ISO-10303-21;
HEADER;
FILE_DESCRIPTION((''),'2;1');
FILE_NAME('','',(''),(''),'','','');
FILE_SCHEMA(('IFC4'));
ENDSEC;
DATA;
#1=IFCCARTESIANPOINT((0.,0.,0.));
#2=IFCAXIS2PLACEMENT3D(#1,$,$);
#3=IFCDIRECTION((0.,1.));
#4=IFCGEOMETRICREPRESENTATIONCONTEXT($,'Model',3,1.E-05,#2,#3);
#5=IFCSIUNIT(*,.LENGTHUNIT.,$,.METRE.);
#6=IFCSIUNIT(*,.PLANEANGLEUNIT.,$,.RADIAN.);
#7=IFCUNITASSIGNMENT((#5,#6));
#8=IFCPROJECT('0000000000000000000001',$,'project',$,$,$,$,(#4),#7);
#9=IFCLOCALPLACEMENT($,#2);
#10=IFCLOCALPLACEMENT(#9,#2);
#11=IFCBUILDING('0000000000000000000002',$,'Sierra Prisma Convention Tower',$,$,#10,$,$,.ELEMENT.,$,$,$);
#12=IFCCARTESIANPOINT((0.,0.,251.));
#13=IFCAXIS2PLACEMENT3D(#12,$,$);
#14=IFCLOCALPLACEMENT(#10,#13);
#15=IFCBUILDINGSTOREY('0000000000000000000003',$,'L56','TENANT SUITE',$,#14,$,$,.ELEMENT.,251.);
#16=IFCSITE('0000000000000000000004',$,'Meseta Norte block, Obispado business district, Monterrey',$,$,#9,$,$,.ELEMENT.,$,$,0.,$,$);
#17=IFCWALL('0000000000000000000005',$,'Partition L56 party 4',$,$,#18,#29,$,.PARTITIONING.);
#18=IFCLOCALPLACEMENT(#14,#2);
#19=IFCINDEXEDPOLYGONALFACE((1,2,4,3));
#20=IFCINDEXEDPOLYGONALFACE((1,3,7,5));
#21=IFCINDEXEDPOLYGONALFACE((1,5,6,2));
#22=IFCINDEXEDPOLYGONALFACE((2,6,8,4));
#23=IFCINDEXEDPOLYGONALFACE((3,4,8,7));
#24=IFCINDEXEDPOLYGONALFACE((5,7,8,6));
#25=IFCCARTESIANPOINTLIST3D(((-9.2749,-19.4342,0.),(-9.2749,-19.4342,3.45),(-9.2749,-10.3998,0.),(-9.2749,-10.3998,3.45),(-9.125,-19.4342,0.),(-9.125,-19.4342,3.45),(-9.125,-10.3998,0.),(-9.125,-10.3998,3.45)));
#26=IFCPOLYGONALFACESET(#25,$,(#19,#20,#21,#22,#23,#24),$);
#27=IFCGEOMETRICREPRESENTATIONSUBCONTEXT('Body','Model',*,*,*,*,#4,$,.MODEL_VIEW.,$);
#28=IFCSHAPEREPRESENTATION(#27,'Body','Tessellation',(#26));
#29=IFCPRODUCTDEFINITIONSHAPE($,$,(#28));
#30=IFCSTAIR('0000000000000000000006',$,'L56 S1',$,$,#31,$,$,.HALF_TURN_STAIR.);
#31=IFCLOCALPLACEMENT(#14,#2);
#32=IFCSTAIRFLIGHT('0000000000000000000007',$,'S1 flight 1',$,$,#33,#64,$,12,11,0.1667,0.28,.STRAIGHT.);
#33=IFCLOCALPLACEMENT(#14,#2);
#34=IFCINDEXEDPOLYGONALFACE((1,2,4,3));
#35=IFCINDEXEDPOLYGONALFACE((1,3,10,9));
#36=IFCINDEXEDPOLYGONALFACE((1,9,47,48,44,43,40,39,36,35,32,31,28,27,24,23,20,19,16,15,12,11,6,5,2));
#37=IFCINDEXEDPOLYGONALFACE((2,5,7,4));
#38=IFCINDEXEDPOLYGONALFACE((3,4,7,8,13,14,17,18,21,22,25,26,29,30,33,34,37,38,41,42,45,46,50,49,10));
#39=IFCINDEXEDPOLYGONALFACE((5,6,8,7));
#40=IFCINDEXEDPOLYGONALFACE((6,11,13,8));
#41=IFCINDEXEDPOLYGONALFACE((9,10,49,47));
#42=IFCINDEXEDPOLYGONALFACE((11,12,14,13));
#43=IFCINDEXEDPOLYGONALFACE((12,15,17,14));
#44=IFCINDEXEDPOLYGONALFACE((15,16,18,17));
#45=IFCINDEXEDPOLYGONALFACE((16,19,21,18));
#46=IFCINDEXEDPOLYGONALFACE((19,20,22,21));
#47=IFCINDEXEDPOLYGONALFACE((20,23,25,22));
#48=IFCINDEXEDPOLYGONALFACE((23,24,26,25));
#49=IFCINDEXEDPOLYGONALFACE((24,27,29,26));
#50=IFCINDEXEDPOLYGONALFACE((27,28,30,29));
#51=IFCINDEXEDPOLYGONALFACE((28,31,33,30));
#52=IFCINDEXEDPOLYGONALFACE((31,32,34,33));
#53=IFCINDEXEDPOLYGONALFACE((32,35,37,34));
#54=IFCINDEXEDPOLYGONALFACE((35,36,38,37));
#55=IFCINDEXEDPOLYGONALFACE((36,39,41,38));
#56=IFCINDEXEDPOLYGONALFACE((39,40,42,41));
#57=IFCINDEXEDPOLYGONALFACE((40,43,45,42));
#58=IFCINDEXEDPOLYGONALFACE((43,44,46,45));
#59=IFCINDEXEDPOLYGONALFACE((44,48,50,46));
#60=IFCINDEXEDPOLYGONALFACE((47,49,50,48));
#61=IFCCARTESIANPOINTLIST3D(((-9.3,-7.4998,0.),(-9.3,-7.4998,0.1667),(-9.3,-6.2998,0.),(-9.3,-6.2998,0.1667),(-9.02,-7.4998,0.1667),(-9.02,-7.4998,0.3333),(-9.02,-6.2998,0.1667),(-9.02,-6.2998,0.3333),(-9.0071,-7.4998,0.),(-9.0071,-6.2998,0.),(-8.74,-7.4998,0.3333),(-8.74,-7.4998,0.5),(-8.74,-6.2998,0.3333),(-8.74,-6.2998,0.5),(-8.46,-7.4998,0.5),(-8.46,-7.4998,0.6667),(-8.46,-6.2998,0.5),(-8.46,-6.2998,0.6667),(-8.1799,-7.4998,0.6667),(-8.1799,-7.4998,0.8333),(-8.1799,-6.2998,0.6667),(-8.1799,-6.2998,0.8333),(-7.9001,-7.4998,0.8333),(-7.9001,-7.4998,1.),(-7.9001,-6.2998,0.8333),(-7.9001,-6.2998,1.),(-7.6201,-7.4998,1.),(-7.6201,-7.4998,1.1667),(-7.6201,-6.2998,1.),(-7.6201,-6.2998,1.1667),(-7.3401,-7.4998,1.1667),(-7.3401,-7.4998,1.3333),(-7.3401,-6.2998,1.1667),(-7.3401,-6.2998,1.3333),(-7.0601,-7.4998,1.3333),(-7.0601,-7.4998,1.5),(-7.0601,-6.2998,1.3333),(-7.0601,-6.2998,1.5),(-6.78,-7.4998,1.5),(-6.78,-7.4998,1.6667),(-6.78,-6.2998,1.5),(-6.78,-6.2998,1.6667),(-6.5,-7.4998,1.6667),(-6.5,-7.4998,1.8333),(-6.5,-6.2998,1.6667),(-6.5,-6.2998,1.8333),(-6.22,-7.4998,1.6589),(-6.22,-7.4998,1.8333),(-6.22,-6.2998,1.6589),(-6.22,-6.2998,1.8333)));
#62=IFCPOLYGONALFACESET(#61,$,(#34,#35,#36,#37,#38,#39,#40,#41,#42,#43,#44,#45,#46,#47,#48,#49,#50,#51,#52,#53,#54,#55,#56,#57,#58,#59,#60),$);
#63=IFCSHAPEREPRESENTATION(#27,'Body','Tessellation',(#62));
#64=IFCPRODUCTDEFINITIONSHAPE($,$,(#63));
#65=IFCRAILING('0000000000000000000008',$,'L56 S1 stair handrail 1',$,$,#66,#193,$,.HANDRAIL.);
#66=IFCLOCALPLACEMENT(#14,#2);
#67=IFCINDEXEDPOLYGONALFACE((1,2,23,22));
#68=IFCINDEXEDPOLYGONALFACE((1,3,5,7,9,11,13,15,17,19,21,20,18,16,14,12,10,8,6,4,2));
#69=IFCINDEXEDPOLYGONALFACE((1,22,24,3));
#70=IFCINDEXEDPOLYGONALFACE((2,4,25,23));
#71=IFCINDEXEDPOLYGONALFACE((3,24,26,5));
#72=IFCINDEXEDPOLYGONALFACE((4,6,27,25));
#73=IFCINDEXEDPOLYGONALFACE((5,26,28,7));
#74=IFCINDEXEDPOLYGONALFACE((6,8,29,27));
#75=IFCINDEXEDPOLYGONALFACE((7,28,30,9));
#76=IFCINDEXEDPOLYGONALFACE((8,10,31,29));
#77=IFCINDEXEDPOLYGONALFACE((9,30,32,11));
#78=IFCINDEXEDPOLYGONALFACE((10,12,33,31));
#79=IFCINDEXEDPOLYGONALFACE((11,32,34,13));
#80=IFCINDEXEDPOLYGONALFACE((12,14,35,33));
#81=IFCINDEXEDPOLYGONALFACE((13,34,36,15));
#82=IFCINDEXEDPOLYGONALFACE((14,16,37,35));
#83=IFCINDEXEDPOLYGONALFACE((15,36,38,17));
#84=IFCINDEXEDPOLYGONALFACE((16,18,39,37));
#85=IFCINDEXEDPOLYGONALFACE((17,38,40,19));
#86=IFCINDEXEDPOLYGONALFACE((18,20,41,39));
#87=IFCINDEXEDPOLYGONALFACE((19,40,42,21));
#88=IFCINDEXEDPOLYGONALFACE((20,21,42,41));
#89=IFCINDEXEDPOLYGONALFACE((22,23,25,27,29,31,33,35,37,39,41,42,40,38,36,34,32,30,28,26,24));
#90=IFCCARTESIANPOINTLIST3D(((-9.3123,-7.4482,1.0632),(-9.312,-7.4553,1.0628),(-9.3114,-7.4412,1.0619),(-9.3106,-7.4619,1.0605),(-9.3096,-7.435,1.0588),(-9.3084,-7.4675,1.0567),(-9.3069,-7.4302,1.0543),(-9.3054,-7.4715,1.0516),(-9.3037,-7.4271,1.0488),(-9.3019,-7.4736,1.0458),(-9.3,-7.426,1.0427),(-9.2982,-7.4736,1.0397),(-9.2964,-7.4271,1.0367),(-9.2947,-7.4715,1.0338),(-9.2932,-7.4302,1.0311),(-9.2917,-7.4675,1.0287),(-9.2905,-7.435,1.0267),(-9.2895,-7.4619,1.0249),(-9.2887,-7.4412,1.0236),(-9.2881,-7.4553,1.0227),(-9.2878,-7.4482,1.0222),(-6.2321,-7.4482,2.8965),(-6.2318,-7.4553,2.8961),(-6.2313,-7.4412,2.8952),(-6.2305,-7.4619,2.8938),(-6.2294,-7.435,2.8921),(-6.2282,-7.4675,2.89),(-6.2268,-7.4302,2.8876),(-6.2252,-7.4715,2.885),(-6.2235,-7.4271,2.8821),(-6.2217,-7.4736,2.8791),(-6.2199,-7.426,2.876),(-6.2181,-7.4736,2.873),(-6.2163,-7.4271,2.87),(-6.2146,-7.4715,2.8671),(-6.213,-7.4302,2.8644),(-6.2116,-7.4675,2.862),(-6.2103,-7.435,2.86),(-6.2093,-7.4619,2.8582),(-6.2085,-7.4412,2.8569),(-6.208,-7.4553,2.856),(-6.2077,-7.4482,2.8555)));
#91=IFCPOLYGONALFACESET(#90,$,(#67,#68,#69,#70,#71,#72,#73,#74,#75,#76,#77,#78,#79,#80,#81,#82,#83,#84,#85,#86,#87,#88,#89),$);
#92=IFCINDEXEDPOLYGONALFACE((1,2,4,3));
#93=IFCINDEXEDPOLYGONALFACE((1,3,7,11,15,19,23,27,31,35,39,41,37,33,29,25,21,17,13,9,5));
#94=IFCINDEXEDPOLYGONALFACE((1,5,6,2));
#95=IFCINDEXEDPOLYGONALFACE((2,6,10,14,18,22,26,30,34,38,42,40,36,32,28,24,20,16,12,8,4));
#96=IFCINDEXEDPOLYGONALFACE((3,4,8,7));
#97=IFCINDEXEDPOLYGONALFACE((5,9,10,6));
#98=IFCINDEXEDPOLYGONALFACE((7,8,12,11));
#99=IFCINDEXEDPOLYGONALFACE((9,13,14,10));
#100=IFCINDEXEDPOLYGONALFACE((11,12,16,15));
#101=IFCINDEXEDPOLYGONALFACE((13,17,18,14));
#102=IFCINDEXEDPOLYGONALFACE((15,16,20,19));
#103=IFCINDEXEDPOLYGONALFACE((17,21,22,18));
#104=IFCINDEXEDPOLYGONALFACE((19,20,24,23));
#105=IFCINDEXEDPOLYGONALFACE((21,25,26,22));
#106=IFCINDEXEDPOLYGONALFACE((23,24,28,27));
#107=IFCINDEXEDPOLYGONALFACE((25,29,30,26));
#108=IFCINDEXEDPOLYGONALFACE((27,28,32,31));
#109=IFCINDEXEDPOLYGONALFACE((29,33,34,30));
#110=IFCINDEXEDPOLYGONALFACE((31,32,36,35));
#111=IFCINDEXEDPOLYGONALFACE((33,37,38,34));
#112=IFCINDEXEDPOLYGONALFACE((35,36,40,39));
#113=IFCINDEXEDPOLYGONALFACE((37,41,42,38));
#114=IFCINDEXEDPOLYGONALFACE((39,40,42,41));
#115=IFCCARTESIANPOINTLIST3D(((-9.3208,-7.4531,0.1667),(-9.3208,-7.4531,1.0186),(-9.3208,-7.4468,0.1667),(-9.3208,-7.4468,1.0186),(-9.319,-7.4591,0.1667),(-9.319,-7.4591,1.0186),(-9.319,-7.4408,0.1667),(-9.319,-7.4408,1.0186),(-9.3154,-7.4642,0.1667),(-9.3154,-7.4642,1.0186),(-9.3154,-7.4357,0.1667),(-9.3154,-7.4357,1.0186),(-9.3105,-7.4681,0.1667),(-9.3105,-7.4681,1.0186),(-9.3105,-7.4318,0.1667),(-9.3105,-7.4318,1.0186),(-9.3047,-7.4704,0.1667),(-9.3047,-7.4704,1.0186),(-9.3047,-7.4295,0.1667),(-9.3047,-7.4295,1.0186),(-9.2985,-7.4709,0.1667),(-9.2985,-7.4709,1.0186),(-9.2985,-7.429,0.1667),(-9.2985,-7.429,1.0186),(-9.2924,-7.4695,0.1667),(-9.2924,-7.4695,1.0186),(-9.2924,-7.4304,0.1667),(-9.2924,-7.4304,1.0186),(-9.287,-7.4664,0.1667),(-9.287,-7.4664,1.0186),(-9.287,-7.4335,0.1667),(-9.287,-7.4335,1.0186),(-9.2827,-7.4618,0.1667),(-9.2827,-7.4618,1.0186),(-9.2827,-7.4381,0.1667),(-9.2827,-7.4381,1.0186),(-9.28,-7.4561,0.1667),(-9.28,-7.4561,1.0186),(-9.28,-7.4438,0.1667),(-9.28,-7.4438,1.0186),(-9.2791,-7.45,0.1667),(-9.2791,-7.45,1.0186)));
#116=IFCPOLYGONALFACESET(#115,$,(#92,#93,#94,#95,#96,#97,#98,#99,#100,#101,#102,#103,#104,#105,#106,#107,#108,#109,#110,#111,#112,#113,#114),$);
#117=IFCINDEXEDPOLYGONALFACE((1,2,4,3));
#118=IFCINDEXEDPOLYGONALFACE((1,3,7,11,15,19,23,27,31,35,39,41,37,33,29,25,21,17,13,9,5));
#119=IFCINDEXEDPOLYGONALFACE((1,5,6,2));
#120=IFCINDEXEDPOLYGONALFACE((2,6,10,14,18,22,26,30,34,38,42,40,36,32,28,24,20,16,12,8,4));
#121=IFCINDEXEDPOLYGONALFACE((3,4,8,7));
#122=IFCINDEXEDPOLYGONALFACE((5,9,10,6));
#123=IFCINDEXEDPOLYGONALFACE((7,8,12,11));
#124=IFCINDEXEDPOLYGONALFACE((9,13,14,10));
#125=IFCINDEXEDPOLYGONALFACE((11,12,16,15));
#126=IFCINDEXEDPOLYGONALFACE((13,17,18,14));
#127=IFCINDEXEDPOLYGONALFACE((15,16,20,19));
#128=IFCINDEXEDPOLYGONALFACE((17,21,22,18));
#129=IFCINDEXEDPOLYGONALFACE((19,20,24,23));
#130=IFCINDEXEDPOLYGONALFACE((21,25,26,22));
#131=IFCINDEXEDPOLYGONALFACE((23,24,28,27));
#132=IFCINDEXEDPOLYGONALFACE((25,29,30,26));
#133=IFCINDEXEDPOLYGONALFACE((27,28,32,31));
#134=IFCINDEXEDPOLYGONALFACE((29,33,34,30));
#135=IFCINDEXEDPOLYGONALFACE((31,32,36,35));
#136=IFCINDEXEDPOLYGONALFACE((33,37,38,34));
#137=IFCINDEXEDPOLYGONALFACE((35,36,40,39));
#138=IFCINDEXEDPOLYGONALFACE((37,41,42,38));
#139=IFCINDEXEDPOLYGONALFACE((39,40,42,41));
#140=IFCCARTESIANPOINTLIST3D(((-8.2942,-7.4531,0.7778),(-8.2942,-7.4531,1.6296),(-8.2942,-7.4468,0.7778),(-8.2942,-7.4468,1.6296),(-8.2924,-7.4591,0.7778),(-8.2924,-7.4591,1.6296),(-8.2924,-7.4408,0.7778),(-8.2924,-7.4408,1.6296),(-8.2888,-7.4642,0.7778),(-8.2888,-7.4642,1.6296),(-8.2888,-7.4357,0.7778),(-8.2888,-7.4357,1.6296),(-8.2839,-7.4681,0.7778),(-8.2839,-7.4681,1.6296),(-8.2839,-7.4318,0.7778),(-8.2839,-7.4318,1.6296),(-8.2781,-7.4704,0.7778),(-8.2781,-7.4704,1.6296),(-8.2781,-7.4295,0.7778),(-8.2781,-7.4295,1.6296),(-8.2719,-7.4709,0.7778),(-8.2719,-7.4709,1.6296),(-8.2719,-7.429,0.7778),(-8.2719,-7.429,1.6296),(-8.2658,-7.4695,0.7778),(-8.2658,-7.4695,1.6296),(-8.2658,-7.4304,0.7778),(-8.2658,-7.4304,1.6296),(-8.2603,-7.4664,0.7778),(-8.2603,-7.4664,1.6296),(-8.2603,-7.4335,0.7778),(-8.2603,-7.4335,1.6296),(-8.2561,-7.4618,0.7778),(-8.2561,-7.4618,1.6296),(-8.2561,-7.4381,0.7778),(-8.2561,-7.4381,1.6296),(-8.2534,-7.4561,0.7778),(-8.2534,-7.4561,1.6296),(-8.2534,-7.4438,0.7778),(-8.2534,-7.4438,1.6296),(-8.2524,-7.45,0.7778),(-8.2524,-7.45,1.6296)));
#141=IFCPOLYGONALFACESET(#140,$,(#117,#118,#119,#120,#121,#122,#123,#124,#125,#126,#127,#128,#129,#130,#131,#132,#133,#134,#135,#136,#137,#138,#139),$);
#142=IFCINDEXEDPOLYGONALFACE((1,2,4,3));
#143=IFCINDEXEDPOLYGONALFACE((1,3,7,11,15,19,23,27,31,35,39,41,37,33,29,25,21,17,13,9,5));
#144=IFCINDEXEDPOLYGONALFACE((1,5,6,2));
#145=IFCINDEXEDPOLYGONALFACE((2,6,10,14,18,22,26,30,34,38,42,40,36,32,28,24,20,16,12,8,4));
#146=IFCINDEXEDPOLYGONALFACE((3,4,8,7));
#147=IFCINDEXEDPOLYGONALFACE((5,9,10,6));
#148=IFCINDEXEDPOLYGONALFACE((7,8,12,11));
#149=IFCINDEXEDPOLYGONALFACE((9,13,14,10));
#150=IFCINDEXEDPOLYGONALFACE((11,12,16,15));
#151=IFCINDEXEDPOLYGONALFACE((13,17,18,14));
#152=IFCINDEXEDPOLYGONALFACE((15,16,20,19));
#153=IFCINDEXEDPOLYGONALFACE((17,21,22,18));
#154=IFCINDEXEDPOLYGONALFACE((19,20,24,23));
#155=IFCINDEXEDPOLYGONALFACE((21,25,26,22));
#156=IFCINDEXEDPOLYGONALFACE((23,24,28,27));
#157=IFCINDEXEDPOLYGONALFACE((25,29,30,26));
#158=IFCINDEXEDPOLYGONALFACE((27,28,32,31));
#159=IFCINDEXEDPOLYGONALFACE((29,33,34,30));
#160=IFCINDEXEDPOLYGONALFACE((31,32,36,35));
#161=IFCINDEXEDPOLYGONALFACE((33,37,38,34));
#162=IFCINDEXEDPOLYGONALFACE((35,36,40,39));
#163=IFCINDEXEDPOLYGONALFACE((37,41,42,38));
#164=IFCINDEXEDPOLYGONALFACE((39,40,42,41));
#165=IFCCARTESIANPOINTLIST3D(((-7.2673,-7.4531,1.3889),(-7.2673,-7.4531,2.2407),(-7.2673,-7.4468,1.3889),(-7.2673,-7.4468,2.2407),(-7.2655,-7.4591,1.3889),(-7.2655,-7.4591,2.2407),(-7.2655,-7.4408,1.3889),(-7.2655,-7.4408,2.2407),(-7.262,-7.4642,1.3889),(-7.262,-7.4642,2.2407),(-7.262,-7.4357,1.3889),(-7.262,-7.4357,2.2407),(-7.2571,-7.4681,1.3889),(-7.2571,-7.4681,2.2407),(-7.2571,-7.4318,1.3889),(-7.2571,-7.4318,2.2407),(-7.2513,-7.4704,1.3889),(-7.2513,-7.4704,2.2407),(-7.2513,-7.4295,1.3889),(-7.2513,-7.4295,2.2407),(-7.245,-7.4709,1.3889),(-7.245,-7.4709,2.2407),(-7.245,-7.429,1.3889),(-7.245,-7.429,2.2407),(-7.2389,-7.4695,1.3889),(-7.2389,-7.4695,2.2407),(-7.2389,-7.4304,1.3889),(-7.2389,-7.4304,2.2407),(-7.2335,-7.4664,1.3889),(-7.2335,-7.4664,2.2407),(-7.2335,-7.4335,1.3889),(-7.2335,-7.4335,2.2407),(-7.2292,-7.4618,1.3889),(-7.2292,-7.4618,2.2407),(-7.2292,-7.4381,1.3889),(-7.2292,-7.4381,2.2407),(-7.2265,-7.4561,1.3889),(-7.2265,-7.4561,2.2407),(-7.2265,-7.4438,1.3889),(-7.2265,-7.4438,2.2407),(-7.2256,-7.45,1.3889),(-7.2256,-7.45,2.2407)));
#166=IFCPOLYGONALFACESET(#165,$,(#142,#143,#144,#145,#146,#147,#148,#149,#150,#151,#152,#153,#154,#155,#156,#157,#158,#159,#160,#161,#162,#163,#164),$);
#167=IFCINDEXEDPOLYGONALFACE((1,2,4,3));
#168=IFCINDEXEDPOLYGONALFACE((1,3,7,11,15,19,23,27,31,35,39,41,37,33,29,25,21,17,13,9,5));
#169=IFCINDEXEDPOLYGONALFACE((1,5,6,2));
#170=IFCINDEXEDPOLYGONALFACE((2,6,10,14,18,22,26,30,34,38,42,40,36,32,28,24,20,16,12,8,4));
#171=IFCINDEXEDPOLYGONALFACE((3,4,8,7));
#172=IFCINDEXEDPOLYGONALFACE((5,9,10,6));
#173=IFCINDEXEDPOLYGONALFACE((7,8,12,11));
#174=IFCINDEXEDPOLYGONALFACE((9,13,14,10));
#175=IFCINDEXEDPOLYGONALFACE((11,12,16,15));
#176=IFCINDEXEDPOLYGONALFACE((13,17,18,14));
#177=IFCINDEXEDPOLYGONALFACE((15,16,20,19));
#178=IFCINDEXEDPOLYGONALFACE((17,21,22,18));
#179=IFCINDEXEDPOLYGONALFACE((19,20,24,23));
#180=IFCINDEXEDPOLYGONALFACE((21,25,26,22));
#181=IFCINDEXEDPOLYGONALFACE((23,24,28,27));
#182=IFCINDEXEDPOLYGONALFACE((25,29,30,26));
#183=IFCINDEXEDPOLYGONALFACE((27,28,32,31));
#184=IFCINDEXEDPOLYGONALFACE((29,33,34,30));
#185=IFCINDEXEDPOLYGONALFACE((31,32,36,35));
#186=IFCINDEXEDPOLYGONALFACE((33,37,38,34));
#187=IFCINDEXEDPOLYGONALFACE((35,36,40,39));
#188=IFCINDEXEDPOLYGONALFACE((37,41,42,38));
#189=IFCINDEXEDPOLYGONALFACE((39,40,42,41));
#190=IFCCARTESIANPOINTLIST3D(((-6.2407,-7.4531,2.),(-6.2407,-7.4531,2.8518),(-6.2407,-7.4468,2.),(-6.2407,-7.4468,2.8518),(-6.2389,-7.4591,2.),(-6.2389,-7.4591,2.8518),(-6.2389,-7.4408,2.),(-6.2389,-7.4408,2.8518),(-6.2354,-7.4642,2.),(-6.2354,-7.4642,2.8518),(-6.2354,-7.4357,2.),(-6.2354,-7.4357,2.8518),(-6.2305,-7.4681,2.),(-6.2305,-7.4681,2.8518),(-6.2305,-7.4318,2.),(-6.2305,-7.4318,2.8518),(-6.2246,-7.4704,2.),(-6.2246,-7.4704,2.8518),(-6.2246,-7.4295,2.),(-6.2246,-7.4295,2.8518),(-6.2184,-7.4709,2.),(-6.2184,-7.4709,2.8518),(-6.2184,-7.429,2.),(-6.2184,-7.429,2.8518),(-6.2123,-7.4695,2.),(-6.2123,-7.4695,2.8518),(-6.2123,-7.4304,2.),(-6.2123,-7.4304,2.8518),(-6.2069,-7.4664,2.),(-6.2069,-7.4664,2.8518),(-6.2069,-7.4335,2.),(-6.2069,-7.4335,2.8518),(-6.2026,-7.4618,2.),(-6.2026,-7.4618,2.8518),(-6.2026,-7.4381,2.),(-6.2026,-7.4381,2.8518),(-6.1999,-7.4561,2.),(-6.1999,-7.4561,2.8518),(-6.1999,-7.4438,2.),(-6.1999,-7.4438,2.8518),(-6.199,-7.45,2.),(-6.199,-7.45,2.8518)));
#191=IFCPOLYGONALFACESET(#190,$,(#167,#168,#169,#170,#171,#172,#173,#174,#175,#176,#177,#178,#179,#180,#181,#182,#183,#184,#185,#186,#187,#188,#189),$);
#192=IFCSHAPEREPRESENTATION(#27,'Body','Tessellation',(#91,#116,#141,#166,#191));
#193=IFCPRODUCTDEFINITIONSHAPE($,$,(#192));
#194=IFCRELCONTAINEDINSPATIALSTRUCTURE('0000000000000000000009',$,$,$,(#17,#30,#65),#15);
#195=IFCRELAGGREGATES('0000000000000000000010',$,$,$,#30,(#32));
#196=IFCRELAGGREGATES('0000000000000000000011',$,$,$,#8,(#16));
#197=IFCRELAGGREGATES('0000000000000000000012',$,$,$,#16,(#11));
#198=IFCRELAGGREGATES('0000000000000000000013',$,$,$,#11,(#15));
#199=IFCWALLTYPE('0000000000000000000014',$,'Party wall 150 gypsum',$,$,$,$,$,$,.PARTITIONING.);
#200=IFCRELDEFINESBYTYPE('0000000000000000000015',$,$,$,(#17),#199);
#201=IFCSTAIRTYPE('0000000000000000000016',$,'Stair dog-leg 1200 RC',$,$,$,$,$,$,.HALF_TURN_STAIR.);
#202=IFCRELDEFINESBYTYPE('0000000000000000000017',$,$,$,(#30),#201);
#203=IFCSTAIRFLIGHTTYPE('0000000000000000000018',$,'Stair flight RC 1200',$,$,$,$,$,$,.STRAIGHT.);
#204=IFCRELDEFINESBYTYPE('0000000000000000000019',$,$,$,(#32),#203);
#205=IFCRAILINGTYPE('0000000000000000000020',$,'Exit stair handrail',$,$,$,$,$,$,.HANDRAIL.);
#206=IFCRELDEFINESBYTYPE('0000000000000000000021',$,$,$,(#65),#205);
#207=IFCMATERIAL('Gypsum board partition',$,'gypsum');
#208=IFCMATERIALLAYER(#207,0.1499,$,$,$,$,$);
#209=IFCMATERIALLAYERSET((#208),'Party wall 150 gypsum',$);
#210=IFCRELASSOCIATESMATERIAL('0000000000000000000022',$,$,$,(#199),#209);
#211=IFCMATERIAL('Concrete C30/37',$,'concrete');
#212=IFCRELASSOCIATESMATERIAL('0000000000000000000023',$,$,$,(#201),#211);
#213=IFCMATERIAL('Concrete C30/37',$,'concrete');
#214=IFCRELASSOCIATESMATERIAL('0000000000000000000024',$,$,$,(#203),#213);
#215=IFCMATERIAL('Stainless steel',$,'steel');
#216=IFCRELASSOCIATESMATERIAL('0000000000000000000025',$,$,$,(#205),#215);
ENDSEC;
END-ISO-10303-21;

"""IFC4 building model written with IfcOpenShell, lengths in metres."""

from ifc_helpers import new_model, si_unit, direction, frame, frame_2d, origin, origin_2d, place, context, subcontext, project, spatial, polyline, rectangle, circle, outline, extrude, material, layer, layer_set, type_object, element, aggregate, save


model = new_model("IFC4")

# Units and contexts
model_context = context("Model", 3, precision=1e-05, world=origin(), true_north=direction((0.0, 1.0)))
body_context = subcontext(model_context, "Body", "Model", "MODEL_VIEW")
ifc_project = project(units=[si_unit("LENGTHUNIT", "METRE"), si_unit("PLANEANGLEUNIT", "RADIAN")], contexts=[model_context])

# Site, building, storey
site_placement = place(None, origin())
site = spatial("IfcSite", under=ifc_project, at=site_placement, Name="Meseta Norte block, Obispado business district, Monterrey", CompositionType="ELEMENT", RefElevation=0.0)
building_placement = place(site_placement, origin())
building = spatial("IfcBuilding", under=site, at=building_placement, Name="Sierra Prisma Convention Tower", CompositionType="ELEMENT")
storey_placement = place(building_placement, frame((0.0, 0.0, 251.0)))
storey = spatial("IfcBuildingStorey", under=building, at=storey_placement, Name="L56", Description="TENANT SUITE", CompositionType="ELEMENT", Elevation=251.0)

# Wall
ifc_material_1 = material(Name="Gypsum board partition", Category="gypsum")
ifc_layer_1 = layer(ifc_material_1, 0.1499)
ifc_layer_set_1 = layer_set([ifc_layer_1], Name="Party wall 150 gypsum")
wall_type_1 = type_object("IfcWallType", Name="Party wall 150 gypsum", PredefinedType="PARTITIONING", material=ifc_layer_set_1)
wall_1_placement = place(storey_placement, frame((-9.2, -10.3999, 0.0), z_axis=(0.0, 0.0, 1.0), x_axis=(0.0, -1.0, 0.0)))
element("IfcWall", 1, at=wall_1_placement, inside=storey, type_object=wall_type_1, Name="Partition L56 party 4", PredefinedType="PARTITIONING", context=body_context, shape_type="SweptSolid", body=[
    extrude(rectangle(XDim=9.0344, YDim=0.1499, at=frame_2d((4.5171, 0.0))), origin(), (0.0, 0.0, 1.0), 3.45),
])

# Stair, stair flight
ifc_material_2 = material(Name="Concrete C30/37", Category="concrete")
stair_type = type_object("IfcStairType", Name="Stair dog-leg 1200 RC", PredefinedType="HALF_TURN_STAIR", material=ifc_material_2)
stair_placement = place(storey_placement, origin())
stair = element("IfcStair", 2, at=stair_placement, inside=storey, type_object=stair_type, Name="L56 S1", PredefinedType="HALF_TURN_STAIR")
ifc_material_3 = material(Name="Concrete C30/37", Category="concrete")
stair_flight_type = type_object("IfcStairFlightType", Name="Stair flight RC 1200", PredefinedType="STRAIGHT", material=ifc_material_3)
stair_flight_placement = place(storey_placement, frame((-9.3, -6.8999, 0.0), z_axis=(0.0, 0.0, 1.0), x_axis=(1.0, 0.0, 0.0)))
stair_flight = element("IfcStairFlight", 3, at=stair_flight_placement, type_object=stair_flight_type, Name="S1 flight 1", NumberOfRisers=12, NumberOfTreads=11, PredefinedType="STRAIGHT", RiserHeight=0.1667, TreadLength=0.28, context=body_context, shape_type="SweptSolid", body=[
    extrude(outline(polyline([(0.0, 0.0), (0.0, 0.1667), (0.28, 0.1667), (0.28, 0.3333), (0.5601, 0.3333), (0.5601, 0.5), (0.8401, 0.5), (0.8401, 0.6667), (1.1201, 0.6667), (1.1201, 0.8333), (1.3999, 0.8333), (1.3999, 1.0), (1.6799, 1.0), (1.6799, 1.1667), (1.96, 1.1667), (1.96, 1.3333), (2.24, 1.3333), (2.24, 1.5), (2.52, 1.5), (2.52, 1.6667), (2.8, 1.6667), (2.8, 1.8333), (3.0801, 1.8333), (3.0801, 2.0), (3.0801, 1.6589), (0.293, 0.0), (0.0, 0.0)])), frame((0.0, 0.6001, 0.0), z_axis=(0.0, -1.0, 0.0), x_axis=(1.0, 0.0, 0.0)), (0.0, 0.0, 1.0), 1.2),
])
aggregate(stair, [stair_flight])

# Railing
ifc_material_4 = material(Name="Stainless steel", Category="steel")
railing_type_1 = type_object("IfcRailingType", Name="Exit stair handrail", PredefinedType="HANDRAIL", material=ifc_material_4)
railing_1_placement = place(storey_placement, frame((-9.3, -7.45, 0.1667)))
element("IfcRailing", 4, at=railing_1_placement, inside=storey, type_object=railing_type_1, Name="L56 S1 stair handrail 1", PredefinedType="HANDRAIL", context=body_context, shape_type="SweptSolid", body=[
    extrude(circle(Radius=0.0239, at=origin_2d()), frame((0.0, 0.0, 0.876), z_axis=(0.859309, 0.0, 0.511458), x_axis=(0.0, 1.0, 0.0)), (0.0, 0.0, 1.0), 3.5845),
    extrude(circle(Radius=0.021, at=origin_2d()), origin(), (0.0, 0.0, 1.0), 0.8518),
    extrude(circle(Radius=0.021, at=origin_2d()), frame((1.0266, 0.0, 0.6111)), (0.0, 0.0, 1.0), 0.8518),
    extrude(circle(Radius=0.021, at=origin_2d()), frame((2.0535, 0.0, 1.2222)), (0.0, 0.0, 1.0), 0.8518),
    extrude(circle(Radius=0.021, at=origin_2d()), frame((3.0801, 0.0, 1.8333)), (0.0, 0.0, 1.0), 0.8518),
])

save(model, "model.ifc")
